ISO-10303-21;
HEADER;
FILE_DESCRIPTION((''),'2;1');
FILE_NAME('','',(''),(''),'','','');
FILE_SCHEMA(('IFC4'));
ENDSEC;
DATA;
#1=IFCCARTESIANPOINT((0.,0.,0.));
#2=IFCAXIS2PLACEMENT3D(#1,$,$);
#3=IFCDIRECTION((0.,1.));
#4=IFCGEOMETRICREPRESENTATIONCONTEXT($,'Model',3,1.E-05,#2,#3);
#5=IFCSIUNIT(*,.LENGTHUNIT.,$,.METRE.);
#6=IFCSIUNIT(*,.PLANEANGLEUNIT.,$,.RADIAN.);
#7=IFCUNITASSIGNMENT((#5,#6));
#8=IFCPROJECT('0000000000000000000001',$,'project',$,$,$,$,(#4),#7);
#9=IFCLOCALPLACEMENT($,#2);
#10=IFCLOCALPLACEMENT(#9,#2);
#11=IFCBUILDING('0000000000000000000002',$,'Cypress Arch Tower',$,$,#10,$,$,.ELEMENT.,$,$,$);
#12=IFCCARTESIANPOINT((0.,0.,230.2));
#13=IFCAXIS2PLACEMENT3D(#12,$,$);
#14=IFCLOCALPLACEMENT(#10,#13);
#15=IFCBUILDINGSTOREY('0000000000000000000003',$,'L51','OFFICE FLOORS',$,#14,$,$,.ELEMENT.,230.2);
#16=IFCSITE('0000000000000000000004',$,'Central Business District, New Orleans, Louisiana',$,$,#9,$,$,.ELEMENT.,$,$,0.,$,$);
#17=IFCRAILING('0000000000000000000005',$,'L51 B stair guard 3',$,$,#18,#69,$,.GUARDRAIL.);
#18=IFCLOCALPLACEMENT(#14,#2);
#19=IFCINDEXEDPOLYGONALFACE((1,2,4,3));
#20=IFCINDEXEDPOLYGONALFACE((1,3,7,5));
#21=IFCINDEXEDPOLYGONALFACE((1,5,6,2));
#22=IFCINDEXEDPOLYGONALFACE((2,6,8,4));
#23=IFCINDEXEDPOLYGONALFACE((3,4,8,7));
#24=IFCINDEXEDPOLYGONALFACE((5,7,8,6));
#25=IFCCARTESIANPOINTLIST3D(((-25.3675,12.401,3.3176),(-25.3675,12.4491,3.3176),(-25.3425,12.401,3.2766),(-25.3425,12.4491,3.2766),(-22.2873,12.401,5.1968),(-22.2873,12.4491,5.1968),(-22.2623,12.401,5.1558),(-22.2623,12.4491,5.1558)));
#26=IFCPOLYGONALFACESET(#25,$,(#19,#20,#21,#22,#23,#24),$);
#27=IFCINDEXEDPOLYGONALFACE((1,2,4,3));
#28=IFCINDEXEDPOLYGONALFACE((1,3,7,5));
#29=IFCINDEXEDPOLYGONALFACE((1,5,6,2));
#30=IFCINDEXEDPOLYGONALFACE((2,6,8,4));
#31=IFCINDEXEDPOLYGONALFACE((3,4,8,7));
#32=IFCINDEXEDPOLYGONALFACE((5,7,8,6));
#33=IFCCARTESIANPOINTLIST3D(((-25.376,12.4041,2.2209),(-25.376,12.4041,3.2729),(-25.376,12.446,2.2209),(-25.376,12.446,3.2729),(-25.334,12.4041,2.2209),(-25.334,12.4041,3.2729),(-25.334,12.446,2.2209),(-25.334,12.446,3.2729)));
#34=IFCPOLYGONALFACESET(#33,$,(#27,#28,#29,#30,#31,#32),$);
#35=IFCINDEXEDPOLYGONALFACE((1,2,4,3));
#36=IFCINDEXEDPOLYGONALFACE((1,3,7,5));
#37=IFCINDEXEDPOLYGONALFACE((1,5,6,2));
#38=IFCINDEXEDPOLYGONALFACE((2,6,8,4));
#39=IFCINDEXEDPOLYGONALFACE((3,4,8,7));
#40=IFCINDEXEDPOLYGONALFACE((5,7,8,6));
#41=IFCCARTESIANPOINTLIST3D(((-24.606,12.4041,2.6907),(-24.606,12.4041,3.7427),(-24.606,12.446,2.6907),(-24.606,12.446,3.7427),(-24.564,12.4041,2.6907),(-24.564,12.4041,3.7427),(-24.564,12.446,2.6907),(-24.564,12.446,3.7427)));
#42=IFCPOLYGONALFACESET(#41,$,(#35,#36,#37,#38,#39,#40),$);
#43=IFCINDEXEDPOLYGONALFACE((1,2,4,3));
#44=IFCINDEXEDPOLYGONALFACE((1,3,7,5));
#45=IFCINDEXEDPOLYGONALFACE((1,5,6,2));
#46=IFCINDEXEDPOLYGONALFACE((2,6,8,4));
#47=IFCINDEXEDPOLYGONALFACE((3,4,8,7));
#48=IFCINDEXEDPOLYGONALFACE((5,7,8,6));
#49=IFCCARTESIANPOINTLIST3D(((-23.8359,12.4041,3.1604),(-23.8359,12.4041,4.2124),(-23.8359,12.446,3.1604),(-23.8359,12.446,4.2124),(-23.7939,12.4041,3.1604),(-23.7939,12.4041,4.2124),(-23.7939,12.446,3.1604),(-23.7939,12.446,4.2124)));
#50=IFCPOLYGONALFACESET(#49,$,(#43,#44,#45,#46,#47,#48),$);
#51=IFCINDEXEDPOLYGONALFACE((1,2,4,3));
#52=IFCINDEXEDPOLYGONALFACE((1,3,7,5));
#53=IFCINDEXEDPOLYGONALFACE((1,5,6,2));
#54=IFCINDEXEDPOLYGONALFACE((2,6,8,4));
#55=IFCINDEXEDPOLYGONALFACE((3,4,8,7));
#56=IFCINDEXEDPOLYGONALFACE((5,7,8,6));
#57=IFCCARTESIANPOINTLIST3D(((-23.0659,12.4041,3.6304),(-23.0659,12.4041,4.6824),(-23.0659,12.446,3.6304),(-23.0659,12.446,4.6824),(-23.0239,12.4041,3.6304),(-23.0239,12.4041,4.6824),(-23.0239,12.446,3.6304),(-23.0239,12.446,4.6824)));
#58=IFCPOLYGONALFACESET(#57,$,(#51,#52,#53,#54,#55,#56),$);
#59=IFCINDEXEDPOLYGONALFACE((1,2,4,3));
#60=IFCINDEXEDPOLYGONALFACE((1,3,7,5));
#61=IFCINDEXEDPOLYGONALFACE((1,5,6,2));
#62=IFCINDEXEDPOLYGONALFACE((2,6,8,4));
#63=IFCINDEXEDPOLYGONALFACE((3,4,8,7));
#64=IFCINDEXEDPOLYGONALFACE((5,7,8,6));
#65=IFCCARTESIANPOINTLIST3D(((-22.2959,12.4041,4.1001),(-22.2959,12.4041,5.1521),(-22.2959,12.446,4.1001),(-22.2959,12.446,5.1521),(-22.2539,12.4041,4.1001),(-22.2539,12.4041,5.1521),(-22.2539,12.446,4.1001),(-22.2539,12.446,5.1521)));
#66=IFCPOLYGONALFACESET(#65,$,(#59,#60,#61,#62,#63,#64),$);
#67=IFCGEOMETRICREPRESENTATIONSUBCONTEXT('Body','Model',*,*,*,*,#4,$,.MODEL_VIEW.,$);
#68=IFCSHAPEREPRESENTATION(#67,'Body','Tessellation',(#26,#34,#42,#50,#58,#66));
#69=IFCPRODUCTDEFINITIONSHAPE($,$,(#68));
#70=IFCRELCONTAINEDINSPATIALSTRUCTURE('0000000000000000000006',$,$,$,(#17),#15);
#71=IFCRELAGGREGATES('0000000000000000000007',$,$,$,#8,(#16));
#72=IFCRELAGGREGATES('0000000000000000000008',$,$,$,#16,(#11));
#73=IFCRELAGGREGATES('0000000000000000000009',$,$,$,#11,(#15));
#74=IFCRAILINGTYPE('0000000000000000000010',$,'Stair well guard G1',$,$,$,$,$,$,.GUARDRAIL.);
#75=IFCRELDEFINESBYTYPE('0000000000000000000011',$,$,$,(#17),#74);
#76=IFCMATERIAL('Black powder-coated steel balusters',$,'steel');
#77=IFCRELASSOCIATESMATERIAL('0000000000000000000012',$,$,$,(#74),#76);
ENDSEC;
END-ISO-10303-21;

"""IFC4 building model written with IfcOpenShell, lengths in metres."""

from ifc_helpers import new_model, si_unit, direction, frame, origin, origin_2d, place, context, subcontext, project, spatial, rectangle, extrude, material, type_object, element, save


model = new_model("IFC4")

# Units and contexts
model_context = context("Model", 3, precision=1e-05, world=origin(), true_north=direction((0.0, 1.0)))
body_context = subcontext(model_context, "Body", "Model", "MODEL_VIEW")
ifc_project = project(units=[si_unit("LENGTHUNIT", "METRE"), si_unit("PLANEANGLEUNIT", "RADIAN")], contexts=[model_context])

# Site, building, storey
site_placement = place(None, origin())
site = spatial("IfcSite", under=ifc_project, at=site_placement, Name="Central Business District, New Orleans, Louisiana", CompositionType="ELEMENT", RefElevation=0.0)
building_placement = place(site_placement, origin())
building = spatial("IfcBuilding", under=site, at=building_placement, Name="Cypress Arch Tower", CompositionType="ELEMENT")
storey_placement = place(building_placement, frame((0.0, 0.0, 230.2)))
storey = spatial("IfcBuildingStorey", under=building, at=storey_placement, Name="L51", Description="OFFICE FLOORS", CompositionType="ELEMENT", Elevation=230.2)

# Railing
ifc_material_1 = material(Name="Black powder-coated steel balusters", Category="steel")
railing_type_1 = type_object("IfcRailingType", Name="Stair well guard G1", PredefinedType="GUARDRAIL", material=ifc_material_1)
railing_1_placement = place(storey_placement, frame((-25.355, 12.425, 2.2209)))
element("IfcRailing", 1, at=railing_1_placement, inside=storey, type_object=railing_type_1, Name="L51 B stair guard 3", PredefinedType="GUARDRAIL", context=body_context, shape_type="SweptSolid", body=[
    extrude(rectangle(XDim=0.0481, YDim=0.0481, at=origin_2d()), frame((0.0, 0.0, 1.0762), z_axis=(0.853666, 0.0, 0.52082), x_axis=(0.0, 1.0, 0.0)), (0.0, 0.0, 1.0), 3.6082),
    extrude(rectangle(XDim=0.042, YDim=0.042, at=origin_2d()), origin(), (0.0, 0.0, 1.0), 1.052),
    extrude(rectangle(XDim=0.042, YDim=0.042, at=origin_2d()), frame((0.77, 0.0, 0.4697)), (0.0, 0.0, 1.0), 1.052),
    extrude(rectangle(XDim=0.042, YDim=0.042, at=origin_2d()), frame((1.54, 0.0, 0.9395)), (0.0, 0.0, 1.0), 1.052),
    extrude(rectangle(XDim=0.042, YDim=0.042, at=origin_2d()), frame((2.3101, 0.0, 1.4094)), (0.0, 0.0, 1.0), 1.052),
    extrude(rectangle(XDim=0.042, YDim=0.042, at=origin_2d()), frame((3.0801, 0.0, 1.8792)), (0.0, 0.0, 1.0), 1.052),
])

save(model, "model.ifc")
